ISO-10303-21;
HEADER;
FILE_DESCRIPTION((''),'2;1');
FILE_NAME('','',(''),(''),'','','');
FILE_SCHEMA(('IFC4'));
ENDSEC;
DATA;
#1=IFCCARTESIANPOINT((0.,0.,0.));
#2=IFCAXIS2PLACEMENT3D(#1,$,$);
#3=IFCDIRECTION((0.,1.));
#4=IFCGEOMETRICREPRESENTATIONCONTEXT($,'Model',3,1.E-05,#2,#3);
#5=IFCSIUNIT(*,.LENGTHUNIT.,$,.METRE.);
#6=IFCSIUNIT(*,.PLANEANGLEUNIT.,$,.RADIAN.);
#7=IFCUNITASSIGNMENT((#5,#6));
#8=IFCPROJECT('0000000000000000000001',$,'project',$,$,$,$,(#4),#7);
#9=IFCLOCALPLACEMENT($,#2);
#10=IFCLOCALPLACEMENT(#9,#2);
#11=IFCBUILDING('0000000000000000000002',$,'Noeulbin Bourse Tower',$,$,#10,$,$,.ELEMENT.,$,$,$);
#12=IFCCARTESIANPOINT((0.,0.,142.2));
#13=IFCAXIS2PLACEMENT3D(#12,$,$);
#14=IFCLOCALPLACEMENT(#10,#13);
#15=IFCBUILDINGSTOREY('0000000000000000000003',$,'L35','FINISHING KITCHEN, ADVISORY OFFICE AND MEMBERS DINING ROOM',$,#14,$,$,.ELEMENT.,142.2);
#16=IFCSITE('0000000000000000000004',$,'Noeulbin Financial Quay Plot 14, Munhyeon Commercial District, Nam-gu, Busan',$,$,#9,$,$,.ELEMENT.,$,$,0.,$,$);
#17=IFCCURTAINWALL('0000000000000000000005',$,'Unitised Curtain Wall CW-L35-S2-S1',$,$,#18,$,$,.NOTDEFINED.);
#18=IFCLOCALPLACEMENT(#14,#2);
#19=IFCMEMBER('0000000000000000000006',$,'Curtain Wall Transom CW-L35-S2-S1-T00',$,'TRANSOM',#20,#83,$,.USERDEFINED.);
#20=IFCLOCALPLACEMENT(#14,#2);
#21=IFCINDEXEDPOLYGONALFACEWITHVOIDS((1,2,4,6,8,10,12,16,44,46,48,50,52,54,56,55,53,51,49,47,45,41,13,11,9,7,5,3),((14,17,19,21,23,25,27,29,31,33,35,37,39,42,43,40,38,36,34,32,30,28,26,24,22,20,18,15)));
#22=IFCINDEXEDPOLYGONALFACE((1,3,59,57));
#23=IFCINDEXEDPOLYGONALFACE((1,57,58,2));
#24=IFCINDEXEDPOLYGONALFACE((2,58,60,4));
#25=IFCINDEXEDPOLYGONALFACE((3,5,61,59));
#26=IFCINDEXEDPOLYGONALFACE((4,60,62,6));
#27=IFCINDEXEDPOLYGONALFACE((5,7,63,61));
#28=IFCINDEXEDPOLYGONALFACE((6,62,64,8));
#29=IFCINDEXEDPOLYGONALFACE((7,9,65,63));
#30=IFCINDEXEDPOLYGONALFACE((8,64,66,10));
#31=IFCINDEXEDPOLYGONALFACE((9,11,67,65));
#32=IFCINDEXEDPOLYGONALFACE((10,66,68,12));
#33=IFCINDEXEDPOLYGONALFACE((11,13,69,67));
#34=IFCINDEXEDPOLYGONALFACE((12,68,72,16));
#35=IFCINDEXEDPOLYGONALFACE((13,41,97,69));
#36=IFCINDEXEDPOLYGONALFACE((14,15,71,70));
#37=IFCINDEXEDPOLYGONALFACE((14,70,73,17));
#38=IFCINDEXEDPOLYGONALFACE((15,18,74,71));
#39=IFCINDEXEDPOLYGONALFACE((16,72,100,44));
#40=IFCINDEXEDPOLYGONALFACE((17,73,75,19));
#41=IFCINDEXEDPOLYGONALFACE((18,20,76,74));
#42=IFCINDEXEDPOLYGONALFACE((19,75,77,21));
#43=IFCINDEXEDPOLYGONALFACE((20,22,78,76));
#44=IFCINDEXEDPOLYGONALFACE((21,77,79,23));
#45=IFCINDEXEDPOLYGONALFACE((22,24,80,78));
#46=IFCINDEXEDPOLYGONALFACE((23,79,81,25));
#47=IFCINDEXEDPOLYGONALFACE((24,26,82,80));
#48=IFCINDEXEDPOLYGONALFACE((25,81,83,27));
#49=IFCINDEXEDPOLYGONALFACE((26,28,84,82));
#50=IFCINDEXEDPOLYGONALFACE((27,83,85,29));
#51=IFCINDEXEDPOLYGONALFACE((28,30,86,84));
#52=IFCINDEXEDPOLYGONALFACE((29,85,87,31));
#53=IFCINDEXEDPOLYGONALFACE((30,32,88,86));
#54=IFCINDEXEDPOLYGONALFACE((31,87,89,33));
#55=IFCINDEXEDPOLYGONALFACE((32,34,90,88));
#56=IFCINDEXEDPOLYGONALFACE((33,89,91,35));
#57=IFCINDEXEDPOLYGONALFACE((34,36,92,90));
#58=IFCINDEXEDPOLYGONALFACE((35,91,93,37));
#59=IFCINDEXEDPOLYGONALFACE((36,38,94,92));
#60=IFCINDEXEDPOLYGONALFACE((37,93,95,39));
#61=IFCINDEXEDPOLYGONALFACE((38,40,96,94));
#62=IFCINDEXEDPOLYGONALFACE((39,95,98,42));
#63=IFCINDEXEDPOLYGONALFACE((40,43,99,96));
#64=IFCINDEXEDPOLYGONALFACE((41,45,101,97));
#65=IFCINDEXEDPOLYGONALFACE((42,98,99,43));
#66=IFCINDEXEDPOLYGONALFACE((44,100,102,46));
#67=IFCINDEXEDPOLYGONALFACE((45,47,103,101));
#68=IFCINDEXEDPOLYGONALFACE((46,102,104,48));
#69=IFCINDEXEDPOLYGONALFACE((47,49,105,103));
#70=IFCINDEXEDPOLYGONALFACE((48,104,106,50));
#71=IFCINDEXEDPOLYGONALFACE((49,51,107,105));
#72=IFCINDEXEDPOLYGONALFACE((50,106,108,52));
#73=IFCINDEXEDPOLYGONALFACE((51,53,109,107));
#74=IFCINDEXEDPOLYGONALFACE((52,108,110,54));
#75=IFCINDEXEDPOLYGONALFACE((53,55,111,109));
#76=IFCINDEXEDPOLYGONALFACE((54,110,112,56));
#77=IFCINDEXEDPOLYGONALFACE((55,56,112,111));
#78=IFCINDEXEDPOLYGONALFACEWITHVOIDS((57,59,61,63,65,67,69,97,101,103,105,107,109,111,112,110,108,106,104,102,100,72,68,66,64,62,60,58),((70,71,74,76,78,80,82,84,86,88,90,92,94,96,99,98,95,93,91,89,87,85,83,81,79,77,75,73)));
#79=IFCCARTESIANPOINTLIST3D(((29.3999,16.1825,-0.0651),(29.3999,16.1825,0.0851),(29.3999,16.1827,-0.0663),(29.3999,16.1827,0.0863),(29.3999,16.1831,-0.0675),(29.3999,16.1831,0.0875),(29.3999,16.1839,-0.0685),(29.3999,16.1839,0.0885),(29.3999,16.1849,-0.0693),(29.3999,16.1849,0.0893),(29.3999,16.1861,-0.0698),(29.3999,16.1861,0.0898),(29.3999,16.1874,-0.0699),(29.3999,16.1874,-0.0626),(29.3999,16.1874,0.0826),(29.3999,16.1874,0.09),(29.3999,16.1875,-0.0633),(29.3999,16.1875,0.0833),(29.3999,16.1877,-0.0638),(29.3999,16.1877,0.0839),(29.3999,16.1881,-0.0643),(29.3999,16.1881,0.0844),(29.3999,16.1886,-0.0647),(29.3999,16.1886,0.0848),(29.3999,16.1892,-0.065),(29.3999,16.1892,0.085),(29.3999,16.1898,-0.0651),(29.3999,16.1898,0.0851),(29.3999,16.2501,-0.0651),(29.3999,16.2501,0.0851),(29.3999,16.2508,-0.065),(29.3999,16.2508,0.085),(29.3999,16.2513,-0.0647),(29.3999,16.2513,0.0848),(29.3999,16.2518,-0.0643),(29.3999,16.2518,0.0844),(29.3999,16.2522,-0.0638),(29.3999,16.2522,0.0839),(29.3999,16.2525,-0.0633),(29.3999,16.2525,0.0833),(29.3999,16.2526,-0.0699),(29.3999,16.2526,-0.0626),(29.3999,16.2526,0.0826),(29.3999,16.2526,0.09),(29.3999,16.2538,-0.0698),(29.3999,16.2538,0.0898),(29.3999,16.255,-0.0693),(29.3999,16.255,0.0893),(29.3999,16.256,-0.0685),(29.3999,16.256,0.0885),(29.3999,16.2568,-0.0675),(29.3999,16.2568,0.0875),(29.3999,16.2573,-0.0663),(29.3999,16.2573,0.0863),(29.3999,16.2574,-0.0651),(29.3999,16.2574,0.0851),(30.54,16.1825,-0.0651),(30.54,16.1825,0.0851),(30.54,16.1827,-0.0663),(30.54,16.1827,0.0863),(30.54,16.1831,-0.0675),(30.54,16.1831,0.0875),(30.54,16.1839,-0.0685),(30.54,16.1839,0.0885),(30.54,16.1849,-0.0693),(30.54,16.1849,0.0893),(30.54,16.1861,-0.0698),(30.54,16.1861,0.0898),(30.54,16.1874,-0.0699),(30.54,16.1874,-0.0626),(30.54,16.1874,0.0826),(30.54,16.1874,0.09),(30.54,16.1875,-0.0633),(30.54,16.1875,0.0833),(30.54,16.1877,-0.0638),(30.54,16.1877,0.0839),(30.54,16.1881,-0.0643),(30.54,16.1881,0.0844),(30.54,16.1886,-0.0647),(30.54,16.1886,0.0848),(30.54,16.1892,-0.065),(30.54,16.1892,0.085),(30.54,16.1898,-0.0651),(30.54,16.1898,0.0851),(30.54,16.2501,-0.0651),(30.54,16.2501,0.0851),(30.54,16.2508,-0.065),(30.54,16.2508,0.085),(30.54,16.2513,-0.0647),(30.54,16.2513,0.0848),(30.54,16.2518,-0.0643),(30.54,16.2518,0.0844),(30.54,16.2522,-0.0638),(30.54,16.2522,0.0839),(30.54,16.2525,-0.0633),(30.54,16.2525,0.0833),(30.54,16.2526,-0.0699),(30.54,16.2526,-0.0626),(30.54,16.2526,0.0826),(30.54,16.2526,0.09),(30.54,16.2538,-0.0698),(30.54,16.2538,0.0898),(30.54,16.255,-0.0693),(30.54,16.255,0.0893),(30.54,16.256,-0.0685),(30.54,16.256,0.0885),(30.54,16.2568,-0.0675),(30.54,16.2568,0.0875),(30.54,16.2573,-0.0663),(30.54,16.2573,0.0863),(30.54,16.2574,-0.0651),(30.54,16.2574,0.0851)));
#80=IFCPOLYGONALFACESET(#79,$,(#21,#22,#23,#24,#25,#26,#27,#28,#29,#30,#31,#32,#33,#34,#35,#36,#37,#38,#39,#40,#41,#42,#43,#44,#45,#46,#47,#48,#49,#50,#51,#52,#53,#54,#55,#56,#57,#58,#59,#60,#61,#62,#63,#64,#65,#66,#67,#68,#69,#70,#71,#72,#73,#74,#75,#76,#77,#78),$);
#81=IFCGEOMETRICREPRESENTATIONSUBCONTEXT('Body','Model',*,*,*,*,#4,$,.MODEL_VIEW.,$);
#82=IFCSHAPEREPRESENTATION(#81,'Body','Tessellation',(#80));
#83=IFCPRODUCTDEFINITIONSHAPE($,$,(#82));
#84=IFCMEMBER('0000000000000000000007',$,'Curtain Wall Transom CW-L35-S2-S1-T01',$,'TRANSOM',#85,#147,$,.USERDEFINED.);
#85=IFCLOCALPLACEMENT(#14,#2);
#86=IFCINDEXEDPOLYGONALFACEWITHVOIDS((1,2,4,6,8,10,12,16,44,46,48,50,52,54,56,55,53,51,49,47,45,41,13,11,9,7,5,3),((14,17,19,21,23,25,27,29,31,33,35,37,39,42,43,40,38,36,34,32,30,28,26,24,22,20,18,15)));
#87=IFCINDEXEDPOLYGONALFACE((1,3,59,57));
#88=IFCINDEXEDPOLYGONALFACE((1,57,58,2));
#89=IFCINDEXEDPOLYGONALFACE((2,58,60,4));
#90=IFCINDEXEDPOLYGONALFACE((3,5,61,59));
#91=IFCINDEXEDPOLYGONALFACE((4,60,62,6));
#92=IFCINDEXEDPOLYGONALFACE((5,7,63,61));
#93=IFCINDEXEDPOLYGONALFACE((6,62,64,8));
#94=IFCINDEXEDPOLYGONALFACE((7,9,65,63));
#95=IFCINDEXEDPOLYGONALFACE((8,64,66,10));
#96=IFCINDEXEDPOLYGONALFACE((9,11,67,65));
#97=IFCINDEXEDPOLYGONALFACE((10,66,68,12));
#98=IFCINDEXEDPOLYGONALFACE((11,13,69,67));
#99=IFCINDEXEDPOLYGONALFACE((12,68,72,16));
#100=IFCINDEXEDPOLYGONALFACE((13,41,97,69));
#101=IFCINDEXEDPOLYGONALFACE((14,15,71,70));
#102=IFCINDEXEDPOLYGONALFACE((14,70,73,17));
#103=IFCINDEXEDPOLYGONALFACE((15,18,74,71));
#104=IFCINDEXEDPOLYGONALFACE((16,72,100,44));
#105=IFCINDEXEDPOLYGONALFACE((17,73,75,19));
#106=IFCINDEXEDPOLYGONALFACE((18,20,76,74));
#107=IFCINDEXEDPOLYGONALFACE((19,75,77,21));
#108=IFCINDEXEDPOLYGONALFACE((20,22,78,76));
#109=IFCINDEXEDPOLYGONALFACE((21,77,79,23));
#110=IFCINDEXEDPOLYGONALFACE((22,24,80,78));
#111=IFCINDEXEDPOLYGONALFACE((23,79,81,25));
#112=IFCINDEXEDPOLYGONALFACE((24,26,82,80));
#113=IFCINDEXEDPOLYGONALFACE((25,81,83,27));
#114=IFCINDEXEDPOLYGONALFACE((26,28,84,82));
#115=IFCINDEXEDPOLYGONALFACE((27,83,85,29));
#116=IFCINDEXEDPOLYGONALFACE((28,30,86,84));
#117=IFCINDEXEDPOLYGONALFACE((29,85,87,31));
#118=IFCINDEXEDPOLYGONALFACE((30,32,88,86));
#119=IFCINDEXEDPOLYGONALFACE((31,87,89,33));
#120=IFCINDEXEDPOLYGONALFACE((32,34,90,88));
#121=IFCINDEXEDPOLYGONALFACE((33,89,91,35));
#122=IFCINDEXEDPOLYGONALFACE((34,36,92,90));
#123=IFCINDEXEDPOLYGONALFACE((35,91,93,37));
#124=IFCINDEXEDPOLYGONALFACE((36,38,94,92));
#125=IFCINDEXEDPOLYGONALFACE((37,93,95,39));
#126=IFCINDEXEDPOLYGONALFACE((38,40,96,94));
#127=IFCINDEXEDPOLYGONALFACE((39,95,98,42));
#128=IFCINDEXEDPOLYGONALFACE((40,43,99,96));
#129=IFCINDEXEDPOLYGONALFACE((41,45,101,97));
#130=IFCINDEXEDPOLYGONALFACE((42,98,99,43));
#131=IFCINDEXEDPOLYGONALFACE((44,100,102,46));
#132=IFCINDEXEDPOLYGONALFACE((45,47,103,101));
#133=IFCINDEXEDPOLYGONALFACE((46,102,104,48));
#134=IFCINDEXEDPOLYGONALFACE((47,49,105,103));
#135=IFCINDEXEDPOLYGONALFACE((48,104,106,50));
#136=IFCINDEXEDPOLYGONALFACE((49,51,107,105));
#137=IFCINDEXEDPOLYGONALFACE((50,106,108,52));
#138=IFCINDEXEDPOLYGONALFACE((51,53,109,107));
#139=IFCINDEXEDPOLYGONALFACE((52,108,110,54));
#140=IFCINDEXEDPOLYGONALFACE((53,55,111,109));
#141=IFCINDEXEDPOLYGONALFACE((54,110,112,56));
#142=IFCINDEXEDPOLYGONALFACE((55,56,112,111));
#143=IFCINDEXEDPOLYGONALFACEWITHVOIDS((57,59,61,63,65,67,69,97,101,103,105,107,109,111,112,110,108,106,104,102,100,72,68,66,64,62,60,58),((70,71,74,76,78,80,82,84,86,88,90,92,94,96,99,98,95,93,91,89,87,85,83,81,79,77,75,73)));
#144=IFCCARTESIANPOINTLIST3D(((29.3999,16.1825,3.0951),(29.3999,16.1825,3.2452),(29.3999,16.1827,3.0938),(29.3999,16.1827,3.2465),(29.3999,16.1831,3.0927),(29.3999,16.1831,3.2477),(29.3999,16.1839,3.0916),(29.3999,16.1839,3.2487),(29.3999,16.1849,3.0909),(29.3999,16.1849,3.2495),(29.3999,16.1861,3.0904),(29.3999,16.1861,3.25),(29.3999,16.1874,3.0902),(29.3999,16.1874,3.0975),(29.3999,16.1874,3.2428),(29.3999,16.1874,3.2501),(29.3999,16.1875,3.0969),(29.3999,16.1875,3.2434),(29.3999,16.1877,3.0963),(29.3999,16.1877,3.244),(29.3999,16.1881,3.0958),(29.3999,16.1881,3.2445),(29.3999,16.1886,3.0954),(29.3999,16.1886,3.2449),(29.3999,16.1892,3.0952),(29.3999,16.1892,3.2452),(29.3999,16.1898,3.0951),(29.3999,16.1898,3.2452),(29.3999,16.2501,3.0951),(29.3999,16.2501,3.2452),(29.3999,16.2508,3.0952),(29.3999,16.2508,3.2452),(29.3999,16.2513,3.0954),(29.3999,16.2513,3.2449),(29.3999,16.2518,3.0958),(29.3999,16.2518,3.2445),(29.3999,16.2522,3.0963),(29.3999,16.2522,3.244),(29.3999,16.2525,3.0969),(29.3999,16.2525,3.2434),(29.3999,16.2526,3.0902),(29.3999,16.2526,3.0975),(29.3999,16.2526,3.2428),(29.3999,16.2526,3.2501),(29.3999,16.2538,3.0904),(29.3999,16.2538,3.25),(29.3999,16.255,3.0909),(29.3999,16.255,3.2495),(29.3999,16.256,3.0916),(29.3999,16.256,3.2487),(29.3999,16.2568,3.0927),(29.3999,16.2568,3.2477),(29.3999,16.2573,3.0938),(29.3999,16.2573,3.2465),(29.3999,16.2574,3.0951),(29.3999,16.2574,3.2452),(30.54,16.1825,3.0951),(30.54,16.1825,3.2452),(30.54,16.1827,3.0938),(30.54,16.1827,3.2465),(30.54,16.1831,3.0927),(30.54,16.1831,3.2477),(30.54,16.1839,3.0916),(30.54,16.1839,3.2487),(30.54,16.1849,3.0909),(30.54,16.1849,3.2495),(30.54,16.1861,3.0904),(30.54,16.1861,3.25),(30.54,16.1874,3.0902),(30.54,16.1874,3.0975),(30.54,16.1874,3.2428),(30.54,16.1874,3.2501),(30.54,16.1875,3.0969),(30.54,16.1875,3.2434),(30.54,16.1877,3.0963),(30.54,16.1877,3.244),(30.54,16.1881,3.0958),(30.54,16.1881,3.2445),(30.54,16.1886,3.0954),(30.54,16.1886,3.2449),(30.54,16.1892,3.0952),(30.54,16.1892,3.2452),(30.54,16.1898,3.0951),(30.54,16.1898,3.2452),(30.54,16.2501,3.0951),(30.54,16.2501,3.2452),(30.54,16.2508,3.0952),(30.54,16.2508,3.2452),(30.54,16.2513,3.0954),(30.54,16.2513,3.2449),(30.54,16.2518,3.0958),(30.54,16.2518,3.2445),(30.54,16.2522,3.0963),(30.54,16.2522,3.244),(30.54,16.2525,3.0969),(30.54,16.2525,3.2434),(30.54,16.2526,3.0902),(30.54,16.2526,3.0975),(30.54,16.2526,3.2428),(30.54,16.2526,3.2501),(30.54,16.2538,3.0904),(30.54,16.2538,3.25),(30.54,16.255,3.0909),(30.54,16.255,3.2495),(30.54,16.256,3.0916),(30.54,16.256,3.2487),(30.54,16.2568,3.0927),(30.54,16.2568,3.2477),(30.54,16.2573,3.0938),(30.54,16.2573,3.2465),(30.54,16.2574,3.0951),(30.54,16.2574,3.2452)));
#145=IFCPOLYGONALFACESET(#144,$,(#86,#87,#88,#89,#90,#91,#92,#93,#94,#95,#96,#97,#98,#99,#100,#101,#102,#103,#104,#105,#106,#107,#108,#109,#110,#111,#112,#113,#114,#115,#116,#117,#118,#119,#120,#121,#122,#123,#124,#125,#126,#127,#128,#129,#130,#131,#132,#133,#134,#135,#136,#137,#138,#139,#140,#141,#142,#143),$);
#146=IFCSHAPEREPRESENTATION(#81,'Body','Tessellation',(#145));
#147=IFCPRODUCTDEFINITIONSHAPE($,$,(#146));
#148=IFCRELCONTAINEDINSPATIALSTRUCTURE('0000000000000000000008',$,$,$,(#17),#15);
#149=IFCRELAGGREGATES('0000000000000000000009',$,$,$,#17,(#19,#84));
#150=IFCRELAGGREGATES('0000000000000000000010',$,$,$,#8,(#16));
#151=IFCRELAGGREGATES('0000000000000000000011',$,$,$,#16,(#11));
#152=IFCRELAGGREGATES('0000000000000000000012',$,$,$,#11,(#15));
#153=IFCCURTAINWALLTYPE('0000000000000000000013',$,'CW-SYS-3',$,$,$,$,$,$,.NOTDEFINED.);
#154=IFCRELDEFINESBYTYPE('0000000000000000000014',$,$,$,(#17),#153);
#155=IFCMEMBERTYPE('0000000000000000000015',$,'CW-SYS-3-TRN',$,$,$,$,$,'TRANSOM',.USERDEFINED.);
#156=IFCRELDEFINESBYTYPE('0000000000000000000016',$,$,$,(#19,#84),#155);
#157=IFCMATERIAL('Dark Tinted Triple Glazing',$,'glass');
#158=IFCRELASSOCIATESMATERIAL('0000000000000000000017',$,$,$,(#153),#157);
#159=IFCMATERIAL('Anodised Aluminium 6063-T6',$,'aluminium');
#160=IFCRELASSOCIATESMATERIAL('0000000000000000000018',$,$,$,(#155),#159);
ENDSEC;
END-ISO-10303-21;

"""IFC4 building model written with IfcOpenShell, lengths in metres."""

from ifc_helpers import new_model, si_unit, direction, frame, origin, origin_2d, place, context, subcontext, project, spatial, hollow_rectangle, extrude, material, material_profile, profile_set, type_object, element, aggregate, save


model = new_model("IFC4")

# Units and contexts
model_context = context("Model", 3, precision=1e-05, world=origin(), true_north=direction((0.0, 1.0)))
body_context = subcontext(model_context, "Body", "Model", "MODEL_VIEW")
ifc_project = project(units=[si_unit("LENGTHUNIT", "METRE"), si_unit("PLANEANGLEUNIT", "RADIAN")], contexts=[model_context])

# Site, building, storey
site_placement = place(None, origin())
site = spatial("IfcSite", under=ifc_project, at=site_placement, Name="Noeulbin Financial Quay Plot 14, Munhyeon Commercial District, Nam-gu, Busan", CompositionType="ELEMENT", RefElevation=0.0)
building_placement = place(site_placement, origin())
building = spatial("IfcBuilding", under=site, at=building_placement, Name="Noeulbin Bourse Tower", CompositionType="ELEMENT")
storey_placement = place(building_placement, frame((0.0, 0.0, 142.2)))
storey = spatial("IfcBuildingStorey", under=building, at=storey_placement, Name="L35", Description="FINISHING KITCHEN, ADVISORY OFFICE AND MEMBERS DINING ROOM", CompositionType="ELEMENT", Elevation=142.2)

# Curtain wall
ifc_material_1 = material(Name="Dark Tinted Triple Glazing", Category="glass")
curtain_wall_type = type_object("IfcCurtainWallType", Name="CW-SYS-3", PredefinedType="NOTDEFINED", material=ifc_material_1)
curtain_wall_1_placement = place(storey_placement, origin())
curtain_wall_1 = element("IfcCurtainWall", 1, at=curtain_wall_1_placement, inside=storey, type_object=curtain_wall_type, Name="Unitised Curtain Wall CW-L35-S2-S1", PredefinedType="NOTDEFINED")
ifc_material_2 = material(Name="Anodised Aluminium 6063-T6", Category="aluminium")

# Members
ifc_material_profile_1 = material_profile(ifc_material_2, hollow_rectangle(XDim=0.075, YDim=0.1599, WallThickness=0.0049, InnerFilletRadius=0.0024, OuterFilletRadius=0.0049, at=origin_2d()), Name="ALU-TRAN-75x160x5", Category="LoadBearing")
ifc_profile_set_1 = profile_set([ifc_material_profile_1], Name="Anodised Aluminium 6063-T6")
member_type_1 = type_object("IfcMemberType", Name="CW-SYS-3-TRN", ElementType="TRANSOM", PredefinedType="USERDEFINED", material=ifc_profile_set_1)
member_1_placement = place(storey_placement, frame((29.3999, 16.22, 0.01), z_axis=(1.0, 0.0, 0.0), x_axis=(0.0, 1.0, 0.0)))
member_1 = element("IfcMember", 2, at=member_1_placement, type_object=member_type_1, Name="Curtain Wall Transom CW-L35-S2-S1-T00", ObjectType="TRANSOM", PredefinedType="USERDEFINED", context=body_context, shape_type="SweptSolid", body=[
    extrude(hollow_rectangle(XDim=0.075, YDim=0.1599, WallThickness=0.0049, InnerFilletRadius=0.0024, OuterFilletRadius=0.0049, at=origin_2d()), origin(), (0.0, 0.0, 1.0), 1.1401),
])
member_2_placement = place(storey_placement, frame((29.3999, 16.22, 3.1702), z_axis=(1.0, 0.0, 0.0), x_axis=(0.0, 1.0, 0.0)))
member_2 = element("IfcMember", 3, at=member_2_placement, type_object=member_type_1, Name="Curtain Wall Transom CW-L35-S2-S1-T01", ObjectType="TRANSOM", PredefinedType="USERDEFINED", context=body_context, shape_type="SweptSolid", body=[
    extrude(hollow_rectangle(XDim=0.075, YDim=0.1599, WallThickness=0.0049, InnerFilletRadius=0.0024, OuterFilletRadius=0.0049, at=origin_2d()), origin(), (0.0, 0.0, 1.0), 1.1401),
])

aggregate(curtain_wall_1, [member_1, member_2])

save(model, "model.ifc")
